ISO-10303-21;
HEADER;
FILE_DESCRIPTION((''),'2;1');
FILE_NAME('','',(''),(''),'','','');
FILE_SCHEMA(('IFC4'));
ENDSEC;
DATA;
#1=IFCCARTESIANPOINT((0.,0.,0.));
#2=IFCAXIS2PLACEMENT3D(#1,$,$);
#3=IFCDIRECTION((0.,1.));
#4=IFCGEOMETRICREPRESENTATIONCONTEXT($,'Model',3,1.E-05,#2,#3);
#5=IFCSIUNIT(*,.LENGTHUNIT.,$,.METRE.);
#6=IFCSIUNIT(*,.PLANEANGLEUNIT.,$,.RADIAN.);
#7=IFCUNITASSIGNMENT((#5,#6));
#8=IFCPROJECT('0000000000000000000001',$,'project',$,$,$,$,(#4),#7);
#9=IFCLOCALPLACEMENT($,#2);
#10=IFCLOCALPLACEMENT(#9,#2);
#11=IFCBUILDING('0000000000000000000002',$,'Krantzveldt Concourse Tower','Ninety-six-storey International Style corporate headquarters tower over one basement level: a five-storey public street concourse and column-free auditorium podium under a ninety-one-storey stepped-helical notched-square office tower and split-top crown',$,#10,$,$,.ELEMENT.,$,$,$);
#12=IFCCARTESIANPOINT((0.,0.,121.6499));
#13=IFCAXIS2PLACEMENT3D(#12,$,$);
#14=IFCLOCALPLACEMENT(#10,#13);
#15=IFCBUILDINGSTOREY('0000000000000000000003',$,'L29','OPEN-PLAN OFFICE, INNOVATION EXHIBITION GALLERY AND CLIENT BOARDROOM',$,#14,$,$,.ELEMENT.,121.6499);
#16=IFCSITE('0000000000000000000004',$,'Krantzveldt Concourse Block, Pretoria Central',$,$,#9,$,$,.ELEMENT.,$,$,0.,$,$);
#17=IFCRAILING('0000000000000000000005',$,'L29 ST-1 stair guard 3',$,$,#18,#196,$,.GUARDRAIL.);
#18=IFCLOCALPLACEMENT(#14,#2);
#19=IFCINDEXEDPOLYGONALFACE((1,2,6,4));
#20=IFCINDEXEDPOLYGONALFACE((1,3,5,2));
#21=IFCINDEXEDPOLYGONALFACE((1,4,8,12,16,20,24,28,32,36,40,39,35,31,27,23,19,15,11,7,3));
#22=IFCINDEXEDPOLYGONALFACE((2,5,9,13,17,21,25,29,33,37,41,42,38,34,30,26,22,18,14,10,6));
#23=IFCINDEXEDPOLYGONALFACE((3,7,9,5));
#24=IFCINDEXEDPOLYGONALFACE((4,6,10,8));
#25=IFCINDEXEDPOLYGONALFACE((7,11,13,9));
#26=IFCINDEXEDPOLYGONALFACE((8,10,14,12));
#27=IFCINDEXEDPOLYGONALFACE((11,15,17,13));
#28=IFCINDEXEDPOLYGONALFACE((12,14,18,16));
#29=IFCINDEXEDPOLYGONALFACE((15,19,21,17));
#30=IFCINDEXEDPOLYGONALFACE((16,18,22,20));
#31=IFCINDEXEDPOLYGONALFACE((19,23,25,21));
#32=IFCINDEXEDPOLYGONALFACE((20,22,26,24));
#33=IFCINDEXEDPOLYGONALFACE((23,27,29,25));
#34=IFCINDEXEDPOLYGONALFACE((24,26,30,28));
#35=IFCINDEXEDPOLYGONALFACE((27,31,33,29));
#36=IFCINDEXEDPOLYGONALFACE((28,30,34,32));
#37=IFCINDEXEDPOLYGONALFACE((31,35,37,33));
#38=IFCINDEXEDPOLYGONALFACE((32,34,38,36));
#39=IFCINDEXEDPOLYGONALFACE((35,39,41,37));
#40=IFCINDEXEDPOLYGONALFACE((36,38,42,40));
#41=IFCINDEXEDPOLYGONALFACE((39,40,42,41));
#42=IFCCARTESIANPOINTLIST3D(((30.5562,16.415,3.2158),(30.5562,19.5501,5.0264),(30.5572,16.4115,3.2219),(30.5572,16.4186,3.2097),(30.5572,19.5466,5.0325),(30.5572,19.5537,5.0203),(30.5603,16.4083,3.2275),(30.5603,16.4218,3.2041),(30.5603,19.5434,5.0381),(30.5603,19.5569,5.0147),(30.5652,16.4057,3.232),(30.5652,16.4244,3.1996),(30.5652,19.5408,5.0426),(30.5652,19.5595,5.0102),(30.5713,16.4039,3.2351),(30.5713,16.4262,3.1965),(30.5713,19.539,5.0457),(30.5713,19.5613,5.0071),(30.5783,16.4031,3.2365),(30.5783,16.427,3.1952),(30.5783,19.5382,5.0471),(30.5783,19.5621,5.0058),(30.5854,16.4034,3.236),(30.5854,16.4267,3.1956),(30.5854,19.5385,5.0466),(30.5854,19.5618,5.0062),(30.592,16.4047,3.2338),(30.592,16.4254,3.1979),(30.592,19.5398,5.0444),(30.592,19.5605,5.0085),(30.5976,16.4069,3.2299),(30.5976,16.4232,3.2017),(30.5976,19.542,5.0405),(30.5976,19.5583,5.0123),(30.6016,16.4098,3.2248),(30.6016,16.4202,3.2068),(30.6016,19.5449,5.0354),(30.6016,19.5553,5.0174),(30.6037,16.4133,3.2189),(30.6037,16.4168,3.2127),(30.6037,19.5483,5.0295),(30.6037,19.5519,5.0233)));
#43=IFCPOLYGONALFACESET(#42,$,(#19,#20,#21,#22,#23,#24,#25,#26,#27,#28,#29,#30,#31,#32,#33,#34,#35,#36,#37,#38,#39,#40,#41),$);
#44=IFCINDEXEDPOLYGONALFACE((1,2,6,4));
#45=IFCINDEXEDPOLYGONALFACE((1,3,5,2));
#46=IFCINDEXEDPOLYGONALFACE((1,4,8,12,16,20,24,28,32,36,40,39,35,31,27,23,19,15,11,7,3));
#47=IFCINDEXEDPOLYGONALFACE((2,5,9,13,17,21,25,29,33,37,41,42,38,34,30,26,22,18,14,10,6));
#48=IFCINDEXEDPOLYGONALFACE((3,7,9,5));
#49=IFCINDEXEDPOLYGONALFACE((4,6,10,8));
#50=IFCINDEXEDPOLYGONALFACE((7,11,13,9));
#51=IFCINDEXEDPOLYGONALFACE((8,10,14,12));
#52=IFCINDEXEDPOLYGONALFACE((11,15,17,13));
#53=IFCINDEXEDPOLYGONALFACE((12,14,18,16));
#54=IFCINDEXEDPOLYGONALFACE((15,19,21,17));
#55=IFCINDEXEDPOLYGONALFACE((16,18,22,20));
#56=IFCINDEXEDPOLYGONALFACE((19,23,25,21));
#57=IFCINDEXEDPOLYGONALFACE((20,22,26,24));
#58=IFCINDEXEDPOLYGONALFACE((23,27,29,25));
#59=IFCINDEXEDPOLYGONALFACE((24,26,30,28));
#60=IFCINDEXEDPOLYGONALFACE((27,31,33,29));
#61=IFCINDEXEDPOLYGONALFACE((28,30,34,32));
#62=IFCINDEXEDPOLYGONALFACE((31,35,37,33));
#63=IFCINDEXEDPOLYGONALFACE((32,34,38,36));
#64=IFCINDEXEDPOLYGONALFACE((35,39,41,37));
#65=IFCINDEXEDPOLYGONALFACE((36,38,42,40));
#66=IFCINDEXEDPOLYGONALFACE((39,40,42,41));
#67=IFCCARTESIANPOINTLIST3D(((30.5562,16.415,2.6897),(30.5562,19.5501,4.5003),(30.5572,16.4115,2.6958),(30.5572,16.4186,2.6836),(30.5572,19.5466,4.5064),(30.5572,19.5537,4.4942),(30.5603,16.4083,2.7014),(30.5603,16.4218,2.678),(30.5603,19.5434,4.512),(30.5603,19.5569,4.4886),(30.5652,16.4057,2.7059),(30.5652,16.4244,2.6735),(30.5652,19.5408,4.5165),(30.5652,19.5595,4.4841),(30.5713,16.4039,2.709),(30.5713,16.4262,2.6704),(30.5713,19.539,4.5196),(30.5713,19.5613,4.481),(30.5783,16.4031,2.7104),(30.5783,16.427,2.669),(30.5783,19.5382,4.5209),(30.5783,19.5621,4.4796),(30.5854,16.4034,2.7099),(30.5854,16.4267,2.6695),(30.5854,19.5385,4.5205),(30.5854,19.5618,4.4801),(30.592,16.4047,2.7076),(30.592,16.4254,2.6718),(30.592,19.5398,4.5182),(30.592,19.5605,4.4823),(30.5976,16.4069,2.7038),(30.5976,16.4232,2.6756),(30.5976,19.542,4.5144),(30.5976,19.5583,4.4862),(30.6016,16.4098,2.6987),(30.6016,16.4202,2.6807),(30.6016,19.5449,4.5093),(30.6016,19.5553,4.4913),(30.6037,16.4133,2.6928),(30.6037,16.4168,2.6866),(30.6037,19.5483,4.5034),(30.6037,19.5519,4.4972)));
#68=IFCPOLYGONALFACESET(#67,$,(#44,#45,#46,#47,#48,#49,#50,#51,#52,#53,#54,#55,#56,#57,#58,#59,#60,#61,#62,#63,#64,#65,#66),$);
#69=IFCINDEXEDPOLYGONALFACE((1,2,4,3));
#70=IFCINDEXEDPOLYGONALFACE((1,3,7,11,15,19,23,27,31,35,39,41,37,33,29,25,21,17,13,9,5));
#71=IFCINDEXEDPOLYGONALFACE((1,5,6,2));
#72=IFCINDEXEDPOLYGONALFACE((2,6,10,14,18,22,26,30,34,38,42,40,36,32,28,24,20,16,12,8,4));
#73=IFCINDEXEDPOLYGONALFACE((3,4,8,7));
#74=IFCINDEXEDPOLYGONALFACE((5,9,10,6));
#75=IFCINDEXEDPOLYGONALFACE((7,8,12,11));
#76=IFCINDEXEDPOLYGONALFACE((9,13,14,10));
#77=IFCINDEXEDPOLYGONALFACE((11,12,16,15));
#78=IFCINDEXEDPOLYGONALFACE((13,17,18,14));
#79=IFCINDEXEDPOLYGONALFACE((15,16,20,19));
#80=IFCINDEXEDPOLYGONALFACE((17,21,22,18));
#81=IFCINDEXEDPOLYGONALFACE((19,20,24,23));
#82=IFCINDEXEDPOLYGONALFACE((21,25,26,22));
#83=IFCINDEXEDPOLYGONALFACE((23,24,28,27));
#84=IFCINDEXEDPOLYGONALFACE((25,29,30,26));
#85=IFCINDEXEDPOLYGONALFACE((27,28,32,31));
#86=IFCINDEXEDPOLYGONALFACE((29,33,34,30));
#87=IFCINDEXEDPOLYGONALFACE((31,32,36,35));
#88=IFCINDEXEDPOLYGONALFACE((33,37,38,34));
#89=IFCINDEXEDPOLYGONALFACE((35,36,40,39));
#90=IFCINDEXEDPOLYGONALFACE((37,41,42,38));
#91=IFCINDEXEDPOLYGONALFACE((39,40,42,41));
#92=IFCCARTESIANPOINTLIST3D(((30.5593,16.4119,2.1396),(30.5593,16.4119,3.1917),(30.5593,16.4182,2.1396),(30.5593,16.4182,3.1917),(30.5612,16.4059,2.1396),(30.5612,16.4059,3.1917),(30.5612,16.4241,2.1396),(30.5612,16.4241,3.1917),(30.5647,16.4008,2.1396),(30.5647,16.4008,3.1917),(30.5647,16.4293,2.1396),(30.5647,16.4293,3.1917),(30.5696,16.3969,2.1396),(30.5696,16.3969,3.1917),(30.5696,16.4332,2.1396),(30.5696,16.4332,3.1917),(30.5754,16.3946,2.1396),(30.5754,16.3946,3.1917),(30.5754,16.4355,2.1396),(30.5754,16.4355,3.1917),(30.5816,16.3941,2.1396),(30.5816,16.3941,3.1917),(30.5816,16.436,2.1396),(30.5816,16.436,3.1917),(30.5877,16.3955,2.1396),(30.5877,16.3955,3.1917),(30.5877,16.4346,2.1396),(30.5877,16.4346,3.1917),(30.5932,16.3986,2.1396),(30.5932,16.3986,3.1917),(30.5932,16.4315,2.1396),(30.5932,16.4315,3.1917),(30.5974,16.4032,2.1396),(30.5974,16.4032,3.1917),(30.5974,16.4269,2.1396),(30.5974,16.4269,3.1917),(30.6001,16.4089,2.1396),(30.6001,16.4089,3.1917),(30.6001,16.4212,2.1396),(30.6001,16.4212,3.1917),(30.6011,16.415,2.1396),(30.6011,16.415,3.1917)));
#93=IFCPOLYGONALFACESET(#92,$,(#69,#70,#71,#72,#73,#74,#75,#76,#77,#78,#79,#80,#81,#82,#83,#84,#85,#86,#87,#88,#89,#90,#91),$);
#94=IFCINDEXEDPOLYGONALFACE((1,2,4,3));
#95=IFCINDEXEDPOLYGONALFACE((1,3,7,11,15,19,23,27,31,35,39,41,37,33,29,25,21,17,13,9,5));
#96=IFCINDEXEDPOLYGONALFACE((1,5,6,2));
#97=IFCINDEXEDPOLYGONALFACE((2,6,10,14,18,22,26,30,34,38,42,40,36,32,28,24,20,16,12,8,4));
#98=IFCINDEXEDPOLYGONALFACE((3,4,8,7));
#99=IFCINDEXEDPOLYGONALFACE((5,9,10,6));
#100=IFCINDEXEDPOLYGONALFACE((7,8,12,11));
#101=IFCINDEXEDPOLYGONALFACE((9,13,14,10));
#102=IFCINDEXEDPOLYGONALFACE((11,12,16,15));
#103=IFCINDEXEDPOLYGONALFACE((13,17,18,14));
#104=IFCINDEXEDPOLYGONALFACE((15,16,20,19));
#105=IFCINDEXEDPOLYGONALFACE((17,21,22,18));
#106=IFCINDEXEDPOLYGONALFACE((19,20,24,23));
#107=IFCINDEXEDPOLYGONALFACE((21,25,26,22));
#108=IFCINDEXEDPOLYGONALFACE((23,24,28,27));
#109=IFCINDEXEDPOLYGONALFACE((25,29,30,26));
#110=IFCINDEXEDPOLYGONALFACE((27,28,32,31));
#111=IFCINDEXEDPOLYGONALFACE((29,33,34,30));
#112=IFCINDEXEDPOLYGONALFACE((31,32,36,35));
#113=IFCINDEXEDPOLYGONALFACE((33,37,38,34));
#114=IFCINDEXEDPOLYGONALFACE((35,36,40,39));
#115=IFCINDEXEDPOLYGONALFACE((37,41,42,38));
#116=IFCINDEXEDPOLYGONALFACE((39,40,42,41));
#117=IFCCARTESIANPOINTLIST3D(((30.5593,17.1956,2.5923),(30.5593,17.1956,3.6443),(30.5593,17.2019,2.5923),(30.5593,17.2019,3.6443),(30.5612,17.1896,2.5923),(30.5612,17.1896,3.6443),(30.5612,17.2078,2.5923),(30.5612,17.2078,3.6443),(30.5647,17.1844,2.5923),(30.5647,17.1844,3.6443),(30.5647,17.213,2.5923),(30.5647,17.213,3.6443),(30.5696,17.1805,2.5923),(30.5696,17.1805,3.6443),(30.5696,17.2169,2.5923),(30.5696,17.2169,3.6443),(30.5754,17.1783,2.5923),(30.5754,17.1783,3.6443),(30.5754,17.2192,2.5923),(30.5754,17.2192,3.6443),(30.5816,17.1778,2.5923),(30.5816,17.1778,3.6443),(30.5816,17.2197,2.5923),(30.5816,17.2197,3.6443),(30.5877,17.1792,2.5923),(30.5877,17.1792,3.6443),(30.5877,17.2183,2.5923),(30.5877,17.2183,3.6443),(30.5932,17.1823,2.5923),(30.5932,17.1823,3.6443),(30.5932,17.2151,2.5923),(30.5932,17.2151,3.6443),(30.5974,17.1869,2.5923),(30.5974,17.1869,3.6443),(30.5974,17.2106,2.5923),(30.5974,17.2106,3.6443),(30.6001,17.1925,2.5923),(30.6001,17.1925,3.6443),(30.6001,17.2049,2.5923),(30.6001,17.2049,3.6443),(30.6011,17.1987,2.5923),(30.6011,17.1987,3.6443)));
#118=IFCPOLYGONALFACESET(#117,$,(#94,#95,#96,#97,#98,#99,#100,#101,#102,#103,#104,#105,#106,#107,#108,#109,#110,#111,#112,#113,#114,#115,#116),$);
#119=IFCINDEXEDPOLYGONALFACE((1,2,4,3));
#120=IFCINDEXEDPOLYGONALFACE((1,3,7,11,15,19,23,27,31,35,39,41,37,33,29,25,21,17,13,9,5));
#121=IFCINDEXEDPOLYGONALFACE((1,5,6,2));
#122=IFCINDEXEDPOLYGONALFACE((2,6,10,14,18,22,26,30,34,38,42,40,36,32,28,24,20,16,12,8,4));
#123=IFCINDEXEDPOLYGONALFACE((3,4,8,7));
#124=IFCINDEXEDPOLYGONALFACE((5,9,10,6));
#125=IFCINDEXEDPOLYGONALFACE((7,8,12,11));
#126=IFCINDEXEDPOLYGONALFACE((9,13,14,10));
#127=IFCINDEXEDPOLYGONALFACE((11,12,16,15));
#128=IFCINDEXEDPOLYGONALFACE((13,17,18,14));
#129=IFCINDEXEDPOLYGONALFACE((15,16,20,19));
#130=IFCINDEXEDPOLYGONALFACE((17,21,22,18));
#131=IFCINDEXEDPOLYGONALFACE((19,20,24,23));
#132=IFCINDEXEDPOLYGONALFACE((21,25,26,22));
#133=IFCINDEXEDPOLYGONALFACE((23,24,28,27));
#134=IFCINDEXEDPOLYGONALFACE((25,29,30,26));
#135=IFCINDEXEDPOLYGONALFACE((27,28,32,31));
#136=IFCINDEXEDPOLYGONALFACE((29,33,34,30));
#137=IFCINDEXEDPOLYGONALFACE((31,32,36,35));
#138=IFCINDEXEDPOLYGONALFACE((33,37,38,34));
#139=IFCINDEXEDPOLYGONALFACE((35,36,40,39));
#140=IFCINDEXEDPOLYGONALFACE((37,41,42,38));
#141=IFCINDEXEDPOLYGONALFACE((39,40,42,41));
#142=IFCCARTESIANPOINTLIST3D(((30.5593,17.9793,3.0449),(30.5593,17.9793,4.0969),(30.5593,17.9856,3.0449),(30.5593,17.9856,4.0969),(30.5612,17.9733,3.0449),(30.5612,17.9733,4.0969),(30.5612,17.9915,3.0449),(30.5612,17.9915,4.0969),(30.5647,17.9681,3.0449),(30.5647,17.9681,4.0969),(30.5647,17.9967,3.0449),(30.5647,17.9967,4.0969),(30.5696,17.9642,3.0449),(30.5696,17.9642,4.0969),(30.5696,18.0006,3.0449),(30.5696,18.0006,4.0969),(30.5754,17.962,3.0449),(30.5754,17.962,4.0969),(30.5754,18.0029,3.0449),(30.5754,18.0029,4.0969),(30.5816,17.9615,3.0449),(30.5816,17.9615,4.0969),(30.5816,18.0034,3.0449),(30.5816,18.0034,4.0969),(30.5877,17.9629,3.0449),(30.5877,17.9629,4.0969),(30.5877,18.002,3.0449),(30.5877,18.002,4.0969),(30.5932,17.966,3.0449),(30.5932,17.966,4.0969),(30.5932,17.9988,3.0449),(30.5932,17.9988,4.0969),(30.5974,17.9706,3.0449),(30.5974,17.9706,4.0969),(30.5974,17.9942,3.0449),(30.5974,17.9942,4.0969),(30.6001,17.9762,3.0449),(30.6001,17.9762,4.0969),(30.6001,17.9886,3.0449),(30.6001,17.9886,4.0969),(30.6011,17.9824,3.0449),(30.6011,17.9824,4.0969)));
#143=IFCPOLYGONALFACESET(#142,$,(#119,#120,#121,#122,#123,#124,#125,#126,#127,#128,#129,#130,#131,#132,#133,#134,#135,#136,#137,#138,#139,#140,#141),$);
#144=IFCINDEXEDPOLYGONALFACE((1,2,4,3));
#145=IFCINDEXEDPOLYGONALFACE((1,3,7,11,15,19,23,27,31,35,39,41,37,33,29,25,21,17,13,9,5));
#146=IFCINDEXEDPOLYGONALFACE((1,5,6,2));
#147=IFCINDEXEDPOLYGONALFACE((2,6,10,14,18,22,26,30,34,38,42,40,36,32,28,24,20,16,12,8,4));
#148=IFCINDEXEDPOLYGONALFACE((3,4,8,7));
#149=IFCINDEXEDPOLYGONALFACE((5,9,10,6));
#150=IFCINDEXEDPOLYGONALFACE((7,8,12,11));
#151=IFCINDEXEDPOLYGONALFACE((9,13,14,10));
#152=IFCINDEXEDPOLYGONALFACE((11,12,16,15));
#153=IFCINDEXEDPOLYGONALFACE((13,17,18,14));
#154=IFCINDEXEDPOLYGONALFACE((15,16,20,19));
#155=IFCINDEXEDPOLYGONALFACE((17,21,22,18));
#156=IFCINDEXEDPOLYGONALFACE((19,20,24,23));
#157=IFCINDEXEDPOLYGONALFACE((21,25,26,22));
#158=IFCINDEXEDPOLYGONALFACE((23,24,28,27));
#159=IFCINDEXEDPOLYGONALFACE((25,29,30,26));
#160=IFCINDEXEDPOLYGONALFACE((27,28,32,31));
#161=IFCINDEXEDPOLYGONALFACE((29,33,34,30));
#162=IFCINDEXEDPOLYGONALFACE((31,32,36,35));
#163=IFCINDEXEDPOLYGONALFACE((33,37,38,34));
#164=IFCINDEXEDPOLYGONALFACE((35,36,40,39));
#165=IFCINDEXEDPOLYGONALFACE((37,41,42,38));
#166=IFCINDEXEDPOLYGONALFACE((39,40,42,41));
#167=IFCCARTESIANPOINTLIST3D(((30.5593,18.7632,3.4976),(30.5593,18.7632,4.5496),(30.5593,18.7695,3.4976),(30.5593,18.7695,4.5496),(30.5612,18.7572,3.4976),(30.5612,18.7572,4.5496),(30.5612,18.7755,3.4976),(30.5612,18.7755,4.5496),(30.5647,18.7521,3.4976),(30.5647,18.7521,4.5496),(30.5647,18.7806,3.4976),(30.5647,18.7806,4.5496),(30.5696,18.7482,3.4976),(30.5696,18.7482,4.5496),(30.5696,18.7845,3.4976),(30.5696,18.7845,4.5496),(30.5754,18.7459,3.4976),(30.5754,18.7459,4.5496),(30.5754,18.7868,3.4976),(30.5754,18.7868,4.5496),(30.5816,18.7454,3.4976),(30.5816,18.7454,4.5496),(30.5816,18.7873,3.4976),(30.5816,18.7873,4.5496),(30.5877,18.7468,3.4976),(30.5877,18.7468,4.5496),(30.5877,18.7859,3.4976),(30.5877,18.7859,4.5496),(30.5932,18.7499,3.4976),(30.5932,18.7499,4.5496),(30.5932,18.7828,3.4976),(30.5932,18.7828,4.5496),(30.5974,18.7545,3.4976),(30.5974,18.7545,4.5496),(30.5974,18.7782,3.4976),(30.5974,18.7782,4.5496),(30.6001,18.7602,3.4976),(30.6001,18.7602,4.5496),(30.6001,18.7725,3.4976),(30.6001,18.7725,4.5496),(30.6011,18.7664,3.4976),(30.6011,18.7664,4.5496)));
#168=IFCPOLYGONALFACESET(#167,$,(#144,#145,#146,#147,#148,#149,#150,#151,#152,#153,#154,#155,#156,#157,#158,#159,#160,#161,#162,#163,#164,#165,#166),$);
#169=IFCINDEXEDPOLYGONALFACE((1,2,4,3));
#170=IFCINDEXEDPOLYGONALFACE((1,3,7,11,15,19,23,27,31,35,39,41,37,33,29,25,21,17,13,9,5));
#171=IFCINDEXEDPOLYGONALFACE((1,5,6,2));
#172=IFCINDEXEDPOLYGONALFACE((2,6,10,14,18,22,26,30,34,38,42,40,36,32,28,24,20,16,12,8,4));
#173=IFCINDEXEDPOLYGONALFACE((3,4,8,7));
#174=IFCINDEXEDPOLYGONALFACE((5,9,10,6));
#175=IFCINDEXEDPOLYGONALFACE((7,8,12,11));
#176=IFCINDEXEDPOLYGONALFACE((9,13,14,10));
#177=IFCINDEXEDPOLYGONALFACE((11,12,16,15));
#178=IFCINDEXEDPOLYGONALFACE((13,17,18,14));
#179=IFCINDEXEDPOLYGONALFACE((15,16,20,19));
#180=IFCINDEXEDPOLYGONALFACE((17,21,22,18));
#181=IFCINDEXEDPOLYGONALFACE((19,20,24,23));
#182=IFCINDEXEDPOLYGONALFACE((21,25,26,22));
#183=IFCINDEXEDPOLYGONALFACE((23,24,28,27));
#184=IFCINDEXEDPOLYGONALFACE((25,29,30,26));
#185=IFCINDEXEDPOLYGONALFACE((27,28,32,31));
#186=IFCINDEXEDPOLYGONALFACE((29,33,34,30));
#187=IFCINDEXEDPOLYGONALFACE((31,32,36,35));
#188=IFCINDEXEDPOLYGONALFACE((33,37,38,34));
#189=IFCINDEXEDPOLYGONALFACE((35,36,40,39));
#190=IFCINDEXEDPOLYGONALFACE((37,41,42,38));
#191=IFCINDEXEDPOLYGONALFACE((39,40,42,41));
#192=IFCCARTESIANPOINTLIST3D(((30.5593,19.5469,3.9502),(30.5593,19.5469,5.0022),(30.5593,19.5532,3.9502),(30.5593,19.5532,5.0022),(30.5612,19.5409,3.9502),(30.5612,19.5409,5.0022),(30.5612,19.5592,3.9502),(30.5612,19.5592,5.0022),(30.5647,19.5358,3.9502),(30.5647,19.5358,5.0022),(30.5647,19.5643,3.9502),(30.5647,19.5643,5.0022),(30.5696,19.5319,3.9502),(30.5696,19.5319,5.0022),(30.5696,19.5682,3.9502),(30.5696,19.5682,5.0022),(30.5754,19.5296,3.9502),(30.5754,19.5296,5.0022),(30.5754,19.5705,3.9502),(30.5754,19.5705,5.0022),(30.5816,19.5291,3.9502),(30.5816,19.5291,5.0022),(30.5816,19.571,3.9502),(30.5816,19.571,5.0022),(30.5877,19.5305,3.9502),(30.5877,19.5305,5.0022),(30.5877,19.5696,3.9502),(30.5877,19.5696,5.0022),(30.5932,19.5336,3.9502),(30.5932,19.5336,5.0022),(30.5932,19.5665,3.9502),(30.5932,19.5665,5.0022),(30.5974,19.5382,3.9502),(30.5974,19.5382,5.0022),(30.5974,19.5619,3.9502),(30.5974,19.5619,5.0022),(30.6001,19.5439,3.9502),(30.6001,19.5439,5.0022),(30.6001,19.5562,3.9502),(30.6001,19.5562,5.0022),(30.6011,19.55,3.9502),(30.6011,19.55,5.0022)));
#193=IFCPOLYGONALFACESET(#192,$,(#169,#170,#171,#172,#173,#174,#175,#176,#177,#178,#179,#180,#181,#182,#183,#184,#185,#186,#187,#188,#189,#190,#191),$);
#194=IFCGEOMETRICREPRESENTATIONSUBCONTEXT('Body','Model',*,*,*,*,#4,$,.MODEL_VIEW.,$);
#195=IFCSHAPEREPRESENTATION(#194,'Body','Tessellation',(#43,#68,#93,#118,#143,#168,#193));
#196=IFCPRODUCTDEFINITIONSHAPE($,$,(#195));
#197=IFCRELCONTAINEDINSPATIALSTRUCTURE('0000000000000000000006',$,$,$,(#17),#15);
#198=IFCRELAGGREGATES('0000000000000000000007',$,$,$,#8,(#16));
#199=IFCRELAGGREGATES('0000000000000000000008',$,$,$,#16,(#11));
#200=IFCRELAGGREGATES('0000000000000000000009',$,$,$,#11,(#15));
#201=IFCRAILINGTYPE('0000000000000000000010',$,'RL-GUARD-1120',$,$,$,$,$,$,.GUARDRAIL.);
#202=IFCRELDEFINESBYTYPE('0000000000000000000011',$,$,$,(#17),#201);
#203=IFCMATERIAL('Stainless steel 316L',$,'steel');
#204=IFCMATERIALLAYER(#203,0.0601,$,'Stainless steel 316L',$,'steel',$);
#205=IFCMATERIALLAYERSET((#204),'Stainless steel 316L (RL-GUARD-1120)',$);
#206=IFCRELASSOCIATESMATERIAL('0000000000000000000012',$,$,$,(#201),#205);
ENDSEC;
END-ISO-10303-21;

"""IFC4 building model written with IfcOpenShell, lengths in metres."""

from ifc_helpers import new_model, si_unit, direction, frame, origin, origin_2d, place, context, subcontext, project, spatial, circle, extrude, material, layer, layer_set, type_object, element, save


model = new_model("IFC4")

# Units and contexts
model_context = context("Model", 3, precision=1e-05, world=origin(), true_north=direction((0.0, 1.0)))
body_context = subcontext(model_context, "Body", "Model", "MODEL_VIEW")
ifc_project = project(units=[si_unit("LENGTHUNIT", "METRE"), si_unit("PLANEANGLEUNIT", "RADIAN")], contexts=[model_context])

# Site, building, storey
site_placement = place(None, origin())
site = spatial("IfcSite", under=ifc_project, at=site_placement, Name="Krantzveldt Concourse Block, Pretoria Central", CompositionType="ELEMENT", RefElevation=0.0)
building_placement = place(site_placement, origin())
building = spatial("IfcBuilding", under=site, at=building_placement, Name="Krantzveldt Concourse Tower", Description="Ninety-six-storey International Style corporate headquarters tower over one basement level: a five-storey public street concourse and column-free auditorium podium under a ninety-one-storey stepped-helical notched-square office tower and split-top crown", CompositionType="ELEMENT")
storey_placement = place(building_placement, frame((0.0, 0.0, 121.6499)))
storey = spatial("IfcBuildingStorey", under=building, at=storey_placement, Name="L29", Description="OPEN-PLAN OFFICE, INNOVATION EXHIBITION GALLERY AND CLIENT BOARDROOM", CompositionType="ELEMENT", Elevation=121.6499)

# Railing
ifc_material_1 = material(Name="Stainless steel 316L", Category="steel")
ifc_layer_1 = layer(ifc_material_1, 0.0601, Name="Stainless steel 316L", Category="steel")
ifc_layer_set_1 = layer_set([ifc_layer_1], Name="Stainless steel 316L (RL-GUARD-1120)")
railing_type_1 = type_object("IfcRailingType", Name="RL-GUARD-1120", PredefinedType="GUARDRAIL", material=ifc_layer_set_1)
railing_1_placement = place(storey_placement, frame((30.5801, 16.415, 2.1396)))
element("IfcRailing", 1, at=railing_1_placement, inside=storey, type_object=railing_type_1, Name="L29 ST-1 stair guard 3", PredefinedType="GUARDRAIL", context=body_context, shape_type="SweptSolid", body=[
    extrude(circle(Radius=0.0239, at=origin_2d()), frame((0.0, 0.0, 1.0762), z_axis=(0.0, 0.86596, 0.500114), x_axis=(-1.0, 0.0, 0.0)), (0.0, 0.0, 1.0), 3.6204),
    extrude(circle(Radius=0.0239, at=origin_2d()), frame((0.0, 0.0, 0.55), z_axis=(0.0, 0.86596, 0.500114), x_axis=(-1.0, 0.0, 0.0)), (0.0, 0.0, 1.0), 3.6204),
    extrude(circle(Radius=0.021, at=origin_2d()), origin(), (0.0, 0.0, 1.0), 1.052),
    extrude(circle(Radius=0.021, at=origin_2d()), frame((0.0, 0.7837, 0.4526)), (0.0, 0.0, 1.0), 1.052),
    extrude(circle(Radius=0.021, at=origin_2d()), frame((0.0, 1.5674, 0.9053)), (0.0, 0.0, 1.0), 1.052),
    extrude(circle(Radius=0.021, at=origin_2d()), frame((0.0, 2.3513, 1.3579)), (0.0, 0.0, 1.0), 1.052),
    extrude(circle(Radius=0.021, at=origin_2d()), frame((0.0, 3.135, 1.8105)), (0.0, 0.0, 1.0), 1.052),
])

save(model, "model.ifc")
